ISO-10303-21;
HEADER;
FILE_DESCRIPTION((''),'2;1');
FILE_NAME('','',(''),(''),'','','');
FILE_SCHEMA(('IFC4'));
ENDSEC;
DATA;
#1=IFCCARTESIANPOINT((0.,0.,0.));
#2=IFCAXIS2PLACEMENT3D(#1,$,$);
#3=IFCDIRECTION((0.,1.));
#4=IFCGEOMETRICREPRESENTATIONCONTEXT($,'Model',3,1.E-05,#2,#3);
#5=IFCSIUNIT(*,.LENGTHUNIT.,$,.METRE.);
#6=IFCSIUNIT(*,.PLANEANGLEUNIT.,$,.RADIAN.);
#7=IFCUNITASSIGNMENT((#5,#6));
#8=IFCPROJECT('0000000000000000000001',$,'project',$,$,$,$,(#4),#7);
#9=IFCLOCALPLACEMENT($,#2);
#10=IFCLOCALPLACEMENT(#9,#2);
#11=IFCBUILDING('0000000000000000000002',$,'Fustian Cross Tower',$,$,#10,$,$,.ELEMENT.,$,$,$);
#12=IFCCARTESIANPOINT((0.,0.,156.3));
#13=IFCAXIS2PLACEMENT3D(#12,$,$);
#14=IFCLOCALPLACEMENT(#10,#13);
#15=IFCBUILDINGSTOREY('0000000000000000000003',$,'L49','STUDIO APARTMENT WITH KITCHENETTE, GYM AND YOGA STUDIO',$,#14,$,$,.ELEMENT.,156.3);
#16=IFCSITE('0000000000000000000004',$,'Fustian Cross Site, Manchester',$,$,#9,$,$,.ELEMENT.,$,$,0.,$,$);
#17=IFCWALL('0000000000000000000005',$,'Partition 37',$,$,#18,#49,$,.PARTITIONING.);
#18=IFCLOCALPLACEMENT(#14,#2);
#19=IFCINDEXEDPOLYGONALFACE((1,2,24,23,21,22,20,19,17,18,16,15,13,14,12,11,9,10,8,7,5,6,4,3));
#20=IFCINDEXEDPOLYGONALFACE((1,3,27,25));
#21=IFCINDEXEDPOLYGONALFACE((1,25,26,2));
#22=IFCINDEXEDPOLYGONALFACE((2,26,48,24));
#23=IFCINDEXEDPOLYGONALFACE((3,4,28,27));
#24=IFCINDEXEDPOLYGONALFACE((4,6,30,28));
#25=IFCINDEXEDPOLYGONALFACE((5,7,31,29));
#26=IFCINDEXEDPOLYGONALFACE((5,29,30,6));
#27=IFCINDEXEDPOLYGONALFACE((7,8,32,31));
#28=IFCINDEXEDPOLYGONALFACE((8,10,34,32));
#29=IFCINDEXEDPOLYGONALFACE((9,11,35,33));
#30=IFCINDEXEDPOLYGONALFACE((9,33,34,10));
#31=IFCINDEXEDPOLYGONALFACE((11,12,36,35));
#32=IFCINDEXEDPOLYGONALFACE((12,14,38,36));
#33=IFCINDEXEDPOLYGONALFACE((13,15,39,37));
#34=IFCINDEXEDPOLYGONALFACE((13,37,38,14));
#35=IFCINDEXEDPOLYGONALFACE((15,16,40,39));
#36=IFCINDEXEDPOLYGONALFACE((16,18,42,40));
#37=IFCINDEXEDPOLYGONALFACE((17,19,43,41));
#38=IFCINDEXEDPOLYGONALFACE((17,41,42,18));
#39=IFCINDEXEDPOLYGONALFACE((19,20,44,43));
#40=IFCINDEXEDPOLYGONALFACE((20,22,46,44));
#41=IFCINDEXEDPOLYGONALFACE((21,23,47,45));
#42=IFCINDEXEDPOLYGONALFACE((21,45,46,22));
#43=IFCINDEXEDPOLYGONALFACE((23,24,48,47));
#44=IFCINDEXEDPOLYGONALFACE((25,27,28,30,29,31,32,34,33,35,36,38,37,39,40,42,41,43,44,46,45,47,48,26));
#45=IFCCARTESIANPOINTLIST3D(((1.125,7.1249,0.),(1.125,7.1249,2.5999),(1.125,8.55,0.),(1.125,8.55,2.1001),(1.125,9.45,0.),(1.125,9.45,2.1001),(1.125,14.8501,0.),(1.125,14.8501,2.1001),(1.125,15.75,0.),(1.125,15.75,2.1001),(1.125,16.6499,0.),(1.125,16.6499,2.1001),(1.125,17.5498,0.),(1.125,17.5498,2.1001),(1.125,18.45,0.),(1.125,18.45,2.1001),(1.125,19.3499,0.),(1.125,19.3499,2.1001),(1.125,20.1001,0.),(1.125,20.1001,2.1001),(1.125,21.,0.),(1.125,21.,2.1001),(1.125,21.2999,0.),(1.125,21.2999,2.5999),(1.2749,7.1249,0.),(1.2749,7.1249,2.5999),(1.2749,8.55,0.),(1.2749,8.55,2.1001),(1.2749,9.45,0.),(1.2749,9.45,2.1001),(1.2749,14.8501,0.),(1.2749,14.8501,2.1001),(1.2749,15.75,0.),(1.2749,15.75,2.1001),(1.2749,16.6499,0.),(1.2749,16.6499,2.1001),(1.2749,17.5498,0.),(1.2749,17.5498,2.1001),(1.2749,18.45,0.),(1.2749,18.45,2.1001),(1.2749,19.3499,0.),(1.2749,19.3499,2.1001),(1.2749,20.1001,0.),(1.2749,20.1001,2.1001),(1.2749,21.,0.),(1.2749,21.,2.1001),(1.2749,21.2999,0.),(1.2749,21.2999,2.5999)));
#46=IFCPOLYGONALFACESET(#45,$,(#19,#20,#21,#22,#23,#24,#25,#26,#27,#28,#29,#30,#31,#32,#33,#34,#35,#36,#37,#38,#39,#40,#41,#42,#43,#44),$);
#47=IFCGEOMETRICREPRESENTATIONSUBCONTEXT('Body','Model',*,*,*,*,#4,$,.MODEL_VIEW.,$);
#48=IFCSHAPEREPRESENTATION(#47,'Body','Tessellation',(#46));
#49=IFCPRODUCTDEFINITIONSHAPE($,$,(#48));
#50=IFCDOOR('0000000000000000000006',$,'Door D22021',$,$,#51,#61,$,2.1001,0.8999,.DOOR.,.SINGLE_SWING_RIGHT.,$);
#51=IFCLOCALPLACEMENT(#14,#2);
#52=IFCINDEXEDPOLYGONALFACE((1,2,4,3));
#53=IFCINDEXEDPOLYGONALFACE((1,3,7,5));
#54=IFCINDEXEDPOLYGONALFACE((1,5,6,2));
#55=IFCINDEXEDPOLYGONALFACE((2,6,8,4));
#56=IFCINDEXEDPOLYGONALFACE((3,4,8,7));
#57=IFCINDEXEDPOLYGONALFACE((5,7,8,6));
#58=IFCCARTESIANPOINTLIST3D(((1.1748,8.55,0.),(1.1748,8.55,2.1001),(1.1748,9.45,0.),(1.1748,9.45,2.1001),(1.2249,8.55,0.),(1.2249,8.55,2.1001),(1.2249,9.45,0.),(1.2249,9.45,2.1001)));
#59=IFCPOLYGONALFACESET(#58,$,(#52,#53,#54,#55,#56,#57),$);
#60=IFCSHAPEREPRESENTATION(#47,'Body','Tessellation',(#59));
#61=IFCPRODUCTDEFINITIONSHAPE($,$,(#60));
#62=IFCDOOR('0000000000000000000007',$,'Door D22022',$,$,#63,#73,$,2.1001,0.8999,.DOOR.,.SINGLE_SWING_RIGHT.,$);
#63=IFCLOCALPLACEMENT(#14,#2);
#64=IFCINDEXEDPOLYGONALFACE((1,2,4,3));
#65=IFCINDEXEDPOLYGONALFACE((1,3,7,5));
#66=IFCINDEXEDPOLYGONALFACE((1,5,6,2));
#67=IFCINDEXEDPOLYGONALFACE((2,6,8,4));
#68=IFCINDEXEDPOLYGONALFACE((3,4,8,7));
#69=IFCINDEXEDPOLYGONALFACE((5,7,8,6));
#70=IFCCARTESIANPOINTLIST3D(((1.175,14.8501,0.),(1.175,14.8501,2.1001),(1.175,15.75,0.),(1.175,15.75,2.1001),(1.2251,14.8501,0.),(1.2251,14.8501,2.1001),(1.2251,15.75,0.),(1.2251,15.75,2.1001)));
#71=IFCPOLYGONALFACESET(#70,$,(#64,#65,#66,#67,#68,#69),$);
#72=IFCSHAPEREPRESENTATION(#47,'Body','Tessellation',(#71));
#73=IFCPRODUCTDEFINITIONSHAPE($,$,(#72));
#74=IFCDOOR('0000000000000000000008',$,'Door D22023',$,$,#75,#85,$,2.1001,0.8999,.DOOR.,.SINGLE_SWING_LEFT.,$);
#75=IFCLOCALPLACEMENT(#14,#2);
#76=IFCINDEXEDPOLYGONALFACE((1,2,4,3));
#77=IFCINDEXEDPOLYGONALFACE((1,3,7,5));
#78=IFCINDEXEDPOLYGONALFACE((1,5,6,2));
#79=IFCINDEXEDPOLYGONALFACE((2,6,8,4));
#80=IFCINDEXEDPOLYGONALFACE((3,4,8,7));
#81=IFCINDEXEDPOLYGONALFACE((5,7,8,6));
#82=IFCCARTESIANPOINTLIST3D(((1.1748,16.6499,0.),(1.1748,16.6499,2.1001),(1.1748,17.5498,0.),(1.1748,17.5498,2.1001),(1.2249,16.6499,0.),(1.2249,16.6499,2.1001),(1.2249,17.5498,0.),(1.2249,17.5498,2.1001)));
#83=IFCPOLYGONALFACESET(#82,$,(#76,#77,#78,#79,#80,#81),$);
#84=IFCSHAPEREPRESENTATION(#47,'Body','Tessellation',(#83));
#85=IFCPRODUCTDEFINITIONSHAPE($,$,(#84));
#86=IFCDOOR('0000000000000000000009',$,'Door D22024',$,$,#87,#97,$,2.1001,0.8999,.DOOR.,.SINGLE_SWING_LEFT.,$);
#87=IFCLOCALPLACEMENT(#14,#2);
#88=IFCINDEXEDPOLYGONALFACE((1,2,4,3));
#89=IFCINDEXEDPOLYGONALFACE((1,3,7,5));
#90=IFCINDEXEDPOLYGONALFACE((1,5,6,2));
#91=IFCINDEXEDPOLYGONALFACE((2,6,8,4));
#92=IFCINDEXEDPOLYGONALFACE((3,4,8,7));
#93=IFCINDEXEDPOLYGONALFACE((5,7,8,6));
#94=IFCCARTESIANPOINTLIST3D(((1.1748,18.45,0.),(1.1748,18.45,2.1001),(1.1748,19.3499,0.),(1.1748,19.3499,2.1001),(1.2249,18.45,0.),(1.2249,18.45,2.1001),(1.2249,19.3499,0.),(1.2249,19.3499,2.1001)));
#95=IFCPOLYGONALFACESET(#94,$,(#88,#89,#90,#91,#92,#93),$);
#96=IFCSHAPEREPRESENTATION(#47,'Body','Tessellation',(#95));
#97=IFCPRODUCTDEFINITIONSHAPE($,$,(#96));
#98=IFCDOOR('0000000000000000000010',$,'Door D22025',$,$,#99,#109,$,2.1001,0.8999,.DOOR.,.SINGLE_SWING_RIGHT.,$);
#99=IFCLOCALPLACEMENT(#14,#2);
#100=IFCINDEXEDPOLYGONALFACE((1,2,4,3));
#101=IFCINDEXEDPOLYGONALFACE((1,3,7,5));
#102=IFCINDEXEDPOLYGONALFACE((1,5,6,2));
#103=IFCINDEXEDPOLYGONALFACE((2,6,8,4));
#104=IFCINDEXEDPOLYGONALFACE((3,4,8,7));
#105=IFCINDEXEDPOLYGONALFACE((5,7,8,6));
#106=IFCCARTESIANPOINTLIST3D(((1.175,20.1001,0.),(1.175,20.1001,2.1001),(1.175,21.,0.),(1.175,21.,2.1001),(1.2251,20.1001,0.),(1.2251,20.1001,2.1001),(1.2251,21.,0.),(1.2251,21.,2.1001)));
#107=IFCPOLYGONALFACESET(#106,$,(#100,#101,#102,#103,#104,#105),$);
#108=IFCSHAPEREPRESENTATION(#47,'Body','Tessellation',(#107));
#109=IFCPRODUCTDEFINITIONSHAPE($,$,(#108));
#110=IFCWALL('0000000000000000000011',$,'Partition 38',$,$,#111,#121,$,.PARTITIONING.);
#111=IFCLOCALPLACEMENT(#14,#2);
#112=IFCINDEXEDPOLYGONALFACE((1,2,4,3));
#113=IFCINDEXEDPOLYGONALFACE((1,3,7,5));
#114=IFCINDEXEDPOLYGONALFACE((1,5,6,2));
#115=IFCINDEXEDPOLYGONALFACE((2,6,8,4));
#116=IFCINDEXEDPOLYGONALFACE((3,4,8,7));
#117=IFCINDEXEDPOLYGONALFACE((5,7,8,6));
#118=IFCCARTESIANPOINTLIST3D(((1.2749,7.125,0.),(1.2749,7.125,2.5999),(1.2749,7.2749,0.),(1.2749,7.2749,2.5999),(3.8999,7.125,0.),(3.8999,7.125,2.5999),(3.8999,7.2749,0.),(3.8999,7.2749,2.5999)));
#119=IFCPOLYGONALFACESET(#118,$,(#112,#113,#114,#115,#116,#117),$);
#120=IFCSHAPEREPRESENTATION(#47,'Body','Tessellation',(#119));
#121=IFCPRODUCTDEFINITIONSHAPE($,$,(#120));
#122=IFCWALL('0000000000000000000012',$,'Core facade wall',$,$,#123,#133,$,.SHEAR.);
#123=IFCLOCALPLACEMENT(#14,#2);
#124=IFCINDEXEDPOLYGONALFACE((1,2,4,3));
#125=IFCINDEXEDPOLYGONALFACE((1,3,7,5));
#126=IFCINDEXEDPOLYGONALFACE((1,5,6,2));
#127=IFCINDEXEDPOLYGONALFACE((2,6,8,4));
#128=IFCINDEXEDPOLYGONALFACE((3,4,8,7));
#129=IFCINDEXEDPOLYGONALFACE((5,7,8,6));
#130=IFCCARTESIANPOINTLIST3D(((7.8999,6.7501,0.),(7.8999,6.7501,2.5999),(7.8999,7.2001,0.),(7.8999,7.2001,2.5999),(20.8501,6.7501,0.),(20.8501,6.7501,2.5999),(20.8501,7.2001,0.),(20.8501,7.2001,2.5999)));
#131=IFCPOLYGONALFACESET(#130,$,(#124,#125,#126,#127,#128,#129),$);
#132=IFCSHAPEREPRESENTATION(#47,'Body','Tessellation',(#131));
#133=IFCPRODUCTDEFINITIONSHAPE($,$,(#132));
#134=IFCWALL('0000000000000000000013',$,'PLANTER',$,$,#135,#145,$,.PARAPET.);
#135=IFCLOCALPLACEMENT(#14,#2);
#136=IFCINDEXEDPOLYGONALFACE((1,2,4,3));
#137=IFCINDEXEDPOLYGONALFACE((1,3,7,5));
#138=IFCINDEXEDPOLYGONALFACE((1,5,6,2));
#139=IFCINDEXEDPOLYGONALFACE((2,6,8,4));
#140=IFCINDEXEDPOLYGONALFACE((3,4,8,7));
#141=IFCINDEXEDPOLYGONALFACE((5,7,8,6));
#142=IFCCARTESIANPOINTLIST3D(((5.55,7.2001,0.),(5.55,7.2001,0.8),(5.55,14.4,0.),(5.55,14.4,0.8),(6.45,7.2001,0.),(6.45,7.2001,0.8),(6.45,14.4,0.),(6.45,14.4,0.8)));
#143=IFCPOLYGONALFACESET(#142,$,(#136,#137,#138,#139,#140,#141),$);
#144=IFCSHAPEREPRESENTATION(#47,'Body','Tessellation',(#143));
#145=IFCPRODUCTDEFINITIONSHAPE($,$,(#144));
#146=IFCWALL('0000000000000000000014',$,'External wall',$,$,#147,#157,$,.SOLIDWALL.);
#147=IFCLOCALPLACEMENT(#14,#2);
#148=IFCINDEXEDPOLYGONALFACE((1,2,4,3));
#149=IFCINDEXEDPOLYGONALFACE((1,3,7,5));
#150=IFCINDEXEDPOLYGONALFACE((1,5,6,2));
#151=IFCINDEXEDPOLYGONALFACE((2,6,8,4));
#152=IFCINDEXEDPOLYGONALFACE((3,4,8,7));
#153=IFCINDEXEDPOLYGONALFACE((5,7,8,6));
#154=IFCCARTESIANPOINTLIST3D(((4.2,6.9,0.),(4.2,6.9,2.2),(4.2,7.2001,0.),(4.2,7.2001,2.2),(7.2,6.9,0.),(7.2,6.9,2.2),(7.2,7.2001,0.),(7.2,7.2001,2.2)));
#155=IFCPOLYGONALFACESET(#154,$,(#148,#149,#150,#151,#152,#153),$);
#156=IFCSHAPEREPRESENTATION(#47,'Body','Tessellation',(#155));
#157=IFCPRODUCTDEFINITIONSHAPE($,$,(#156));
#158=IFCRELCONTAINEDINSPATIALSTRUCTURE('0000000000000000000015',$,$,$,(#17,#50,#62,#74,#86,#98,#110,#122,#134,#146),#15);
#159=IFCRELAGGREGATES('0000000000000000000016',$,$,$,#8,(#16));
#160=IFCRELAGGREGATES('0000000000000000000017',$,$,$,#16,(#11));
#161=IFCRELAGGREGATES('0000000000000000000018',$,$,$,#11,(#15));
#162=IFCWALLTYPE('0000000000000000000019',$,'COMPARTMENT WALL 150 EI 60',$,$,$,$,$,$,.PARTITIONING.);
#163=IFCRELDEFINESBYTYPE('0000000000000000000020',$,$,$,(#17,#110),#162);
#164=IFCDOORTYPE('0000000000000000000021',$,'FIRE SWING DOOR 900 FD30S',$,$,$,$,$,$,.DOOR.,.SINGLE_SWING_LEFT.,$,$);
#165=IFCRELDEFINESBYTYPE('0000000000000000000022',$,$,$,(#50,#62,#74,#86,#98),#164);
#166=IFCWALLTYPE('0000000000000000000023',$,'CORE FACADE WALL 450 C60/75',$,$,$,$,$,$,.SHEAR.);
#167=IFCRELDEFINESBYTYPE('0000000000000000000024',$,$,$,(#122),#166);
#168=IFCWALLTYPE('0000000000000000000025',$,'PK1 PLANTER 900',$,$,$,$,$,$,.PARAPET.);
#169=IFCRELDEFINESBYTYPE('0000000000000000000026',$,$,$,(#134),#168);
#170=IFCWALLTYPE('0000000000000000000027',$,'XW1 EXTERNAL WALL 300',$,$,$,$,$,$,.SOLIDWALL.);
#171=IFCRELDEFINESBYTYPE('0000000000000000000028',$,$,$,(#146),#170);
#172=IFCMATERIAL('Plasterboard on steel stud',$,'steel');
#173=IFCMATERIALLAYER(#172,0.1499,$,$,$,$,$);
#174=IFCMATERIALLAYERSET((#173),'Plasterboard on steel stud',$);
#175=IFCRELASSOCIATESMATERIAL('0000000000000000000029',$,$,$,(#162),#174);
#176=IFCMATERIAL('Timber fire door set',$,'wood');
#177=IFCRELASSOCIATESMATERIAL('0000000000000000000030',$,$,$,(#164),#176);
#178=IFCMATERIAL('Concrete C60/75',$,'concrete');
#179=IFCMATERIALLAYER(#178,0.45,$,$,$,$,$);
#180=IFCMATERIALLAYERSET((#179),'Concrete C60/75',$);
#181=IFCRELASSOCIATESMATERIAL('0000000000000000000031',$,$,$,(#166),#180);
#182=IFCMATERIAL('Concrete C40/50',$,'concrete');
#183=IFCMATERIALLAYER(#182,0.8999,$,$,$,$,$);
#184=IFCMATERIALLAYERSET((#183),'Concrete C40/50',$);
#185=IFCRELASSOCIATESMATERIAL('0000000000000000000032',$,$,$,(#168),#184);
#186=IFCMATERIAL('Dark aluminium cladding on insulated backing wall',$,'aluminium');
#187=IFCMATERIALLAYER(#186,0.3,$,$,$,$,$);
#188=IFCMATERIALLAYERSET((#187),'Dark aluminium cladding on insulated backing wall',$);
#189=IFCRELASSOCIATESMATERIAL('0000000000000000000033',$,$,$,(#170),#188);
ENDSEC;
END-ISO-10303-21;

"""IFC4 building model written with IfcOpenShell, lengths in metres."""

from ifc_helpers import new_model, si_unit, direction, frame, frame_2d, origin, place, context, subcontext, project, spatial, rectangle, extrude, material, layer, layer_set, type_object, element, fill, save


model = new_model("IFC4")

# Units and contexts
model_context = context("Model", 3, precision=1e-05, world=origin(), true_north=direction((0.0, 1.0)))
body_context = subcontext(model_context, "Body", "Model", "MODEL_VIEW")
ifc_project = project(units=[si_unit("LENGTHUNIT", "METRE"), si_unit("PLANEANGLEUNIT", "RADIAN")], contexts=[model_context])

# Site, building, storey
site_placement = place(None, origin())
site = spatial("IfcSite", under=ifc_project, at=site_placement, Name="Fustian Cross Site, Manchester", CompositionType="ELEMENT", RefElevation=0.0)
building_placement = place(site_placement, origin())
building = spatial("IfcBuilding", under=site, at=building_placement, Name="Fustian Cross Tower", CompositionType="ELEMENT")
storey_placement = place(building_placement, frame((0.0, 0.0, 156.3)))
storey = spatial("IfcBuildingStorey", under=building, at=storey_placement, Name="L49", Description="STUDIO APARTMENT WITH KITCHENETTE, GYM AND YOGA STUDIO", CompositionType="ELEMENT", Elevation=156.3)

# Wall, openings, doors
ifc_material_1 = material(Name="Plasterboard on steel stud", Category="steel")
ifc_layer_1 = layer(ifc_material_1, 0.1499)
ifc_layer_set_1 = layer_set([ifc_layer_1], Name="Plasterboard on steel stud")
wall_type_1 = type_object("IfcWallType", Name="COMPARTMENT WALL 150 EI 60", PredefinedType="PARTITIONING", material=ifc_layer_set_1)
wall_1_placement = place(storey_placement, frame((1.2, 7.125, 0.0), z_axis=(0.0, 0.0, 1.0), x_axis=(0.0, 1.0, 0.0)))
wall_1 = element("IfcWall", 1, at=wall_1_placement, inside=storey, type_object=wall_type_1, Name="Partition 37", PredefinedType="PARTITIONING", context=body_context, shape_type="SweptSolid", body=[
    extrude(rectangle(XDim=14.175, YDim=0.1499, at=frame_2d((7.0874, 0.0))), origin(), (0.0, 0.0, 1.0), 2.5999),
])
opening_1_placement = place(wall_1_placement, frame((1.425, 0.0, 0.0)))
opening_1 = element("IfcOpeningElement", 2, at=opening_1_placement, cuts=wall_1, PredefinedType="OPENING", context=body_context, shape_type="SweptSolid", body=[
    extrude(rectangle(XDim=0.8999, YDim=2.1001, at=frame_2d((0.45, 1.05))), frame((0.0, 0.085, 0.0), z_axis=(0.0, -1.0, 0.0), x_axis=(1.0, 0.0, 0.0)), (0.0, 0.0, 1.0), 0.1699),
])
opening_2_placement = place(wall_1_placement, frame((7.7251, 0.0, 0.0)))
opening_2 = element("IfcOpeningElement", 3, at=opening_2_placement, cuts=wall_1, PredefinedType="OPENING", context=body_context, shape_type="SweptSolid", body=[
    extrude(rectangle(XDim=0.8999, YDim=2.1001, at=frame_2d((0.45, 1.05))), frame((0.0, 0.085, 0.0), z_axis=(0.0, -1.0, 0.0), x_axis=(1.0, 0.0, 0.0)), (0.0, 0.0, 1.0), 0.1699),
])
opening_3_placement = place(wall_1_placement, frame((9.5249, 0.0, 0.0)))
opening_3 = element("IfcOpeningElement", 4, at=opening_3_placement, cuts=wall_1, PredefinedType="OPENING", context=body_context, shape_type="SweptSolid", body=[
    extrude(rectangle(XDim=0.8999, YDim=2.1001, at=frame_2d((0.45, 1.05))), frame((0.0, 0.085, 0.0), z_axis=(0.0, -1.0, 0.0), x_axis=(1.0, 0.0, 0.0)), (0.0, 0.0, 1.0), 0.1699),
])
opening_4_placement = place(wall_1_placement, frame((11.325, 0.0, 0.0)))
opening_4 = element("IfcOpeningElement", 5, at=opening_4_placement, cuts=wall_1, PredefinedType="OPENING", context=body_context, shape_type="SweptSolid", body=[
    extrude(rectangle(XDim=0.8999, YDim=2.1001, at=frame_2d((0.45, 1.05))), frame((0.0, 0.085, 0.0), z_axis=(0.0, -1.0, 0.0), x_axis=(1.0, 0.0, 0.0)), (0.0, 0.0, 1.0), 0.1699),
])
opening_5_placement = place(wall_1_placement, frame((12.9751, 0.0, 0.0)))
opening_5 = element("IfcOpeningElement", 6, at=opening_5_placement, cuts=wall_1, PredefinedType="OPENING", context=body_context, shape_type="SweptSolid", body=[
    extrude(rectangle(XDim=0.8999, YDim=2.1001, at=frame_2d((0.45, 1.05))), frame((0.0, 0.085, 0.0), z_axis=(0.0, -1.0, 0.0), x_axis=(1.0, 0.0, 0.0)), (0.0, 0.0, 1.0), 0.1699),
])
ifc_material_2 = material(Name="Timber fire door set", Category="wood")
door_type_1 = type_object("IfcDoorType", Name="FIRE SWING DOOR 900 FD30S", OperationType="SINGLE_SWING_LEFT", PredefinedType="DOOR", material=ifc_material_2)
door_1_placement = place(opening_1_placement, frame((0.8999, 0.0, 0.0), z_axis=(0.0, 0.0, 1.0), x_axis=(-1.0, 0.0, 0.0)))
door_1 = element("IfcDoor", 7, at=door_1_placement, inside=storey, type_object=door_type_1, Name="Door D22021", OperationType="SINGLE_SWING_RIGHT", OverallHeight=2.1001, OverallWidth=0.8999, PredefinedType="DOOR", context=body_context, shape_type="SweptSolid", body=[
    extrude(rectangle(XDim=0.8999, YDim=2.1001, at=frame_2d((0.45, 1.05))), frame((0.0, 0.0249, 0.0), z_axis=(0.0, -1.0, 0.0), x_axis=(1.0, 0.0, 0.0)), (0.0, 0.0, 1.0), 0.05),
])
fill(opening_1, door_1)
door_2_placement = place(opening_2_placement, origin())
door_2 = element("IfcDoor", 8, at=door_2_placement, inside=storey, type_object=door_type_1, Name="Door D22022", OperationType="SINGLE_SWING_RIGHT", OverallHeight=2.1001, OverallWidth=0.8999, PredefinedType="DOOR", context=body_context, shape_type="SweptSolid", body=[
    extrude(rectangle(XDim=0.8999, YDim=2.1001, at=frame_2d((0.45, 1.05))), frame((0.0, 0.0249, 0.0), z_axis=(0.0, -1.0, 0.0), x_axis=(1.0, 0.0, 0.0)), (0.0, 0.0, 1.0), 0.05),
])
fill(opening_2, door_2)
door_3_placement = place(opening_3_placement, frame((0.8999, 0.0, 0.0), z_axis=(0.0, 0.0, 1.0), x_axis=(-1.0, 0.0, 0.0)))
door_3 = element("IfcDoor", 9, at=door_3_placement, inside=storey, type_object=door_type_1, Name="Door D22023", OperationType="SINGLE_SWING_LEFT", OverallHeight=2.1001, OverallWidth=0.8999, PredefinedType="DOOR", context=body_context, shape_type="SweptSolid", body=[
    extrude(rectangle(XDim=0.8999, YDim=2.1001, at=frame_2d((0.45, 1.05))), frame((0.0, 0.0249, 0.0), z_axis=(0.0, -1.0, 0.0), x_axis=(1.0, 0.0, 0.0)), (0.0, 0.0, 1.0), 0.05),
])
fill(opening_3, door_3)
door_4_placement = place(opening_4_placement, frame((0.8999, 0.0, 0.0), z_axis=(0.0, 0.0, 1.0), x_axis=(-1.0, 0.0, 0.0)))
door_4 = element("IfcDoor", 10, at=door_4_placement, inside=storey, type_object=door_type_1, Name="Door D22024", OperationType="SINGLE_SWING_LEFT", OverallHeight=2.1001, OverallWidth=0.8999, PredefinedType="DOOR", context=body_context, shape_type="SweptSolid", body=[
    extrude(rectangle(XDim=0.8999, YDim=2.1001, at=frame_2d((0.45, 1.05))), frame((0.0, 0.0249, 0.0), z_axis=(0.0, -1.0, 0.0), x_axis=(1.0, 0.0, 0.0)), (0.0, 0.0, 1.0), 0.05),
])
fill(opening_4, door_4)
door_5_placement = place(opening_5_placement, origin())
door_5 = element("IfcDoor", 11, at=door_5_placement, inside=storey, type_object=door_type_1, Name="Door D22025", OperationType="SINGLE_SWING_RIGHT", OverallHeight=2.1001, OverallWidth=0.8999, PredefinedType="DOOR", context=body_context, shape_type="SweptSolid", body=[
    extrude(rectangle(XDim=0.8999, YDim=2.1001, at=frame_2d((0.45, 1.05))), frame((0.0, 0.0249, 0.0), z_axis=(0.0, -1.0, 0.0), x_axis=(1.0, 0.0, 0.0)), (0.0, 0.0, 1.0), 0.05),
])
fill(opening_5, door_5)

# Walls
wall_2_placement = place(storey_placement, frame((1.2749, 7.2, 0.0), z_axis=(0.0, 0.0, 1.0), x_axis=(1.0, 0.0, 0.0)))
element("IfcWall", 12, at=wall_2_placement, inside=storey, type_object=wall_type_1, Name="Partition 38", PredefinedType="PARTITIONING", context=body_context, shape_type="SweptSolid", body=[
    extrude(rectangle(XDim=2.625, YDim=0.1499, at=frame_2d((1.3125, 0.0))), origin(), (0.0, 0.0, 1.0), 2.5999),
])
ifc_material_3 = material(Name="Concrete C60/75", Category="concrete")
ifc_layer_2 = layer(ifc_material_3, 0.45)
ifc_layer_set_2 = layer_set([ifc_layer_2], Name="Concrete C60/75")
wall_type_2 = type_object("IfcWallType", Name="CORE FACADE WALL 450 C60/75", PredefinedType="SHEAR", material=ifc_layer_set_2)
wall_3_placement = place(storey_placement, frame((7.8999, 6.9751, 0.0), z_axis=(0.0, 0.0, 1.0), x_axis=(1.0, 0.0, 0.0)))
element("IfcWall", 13, at=wall_3_placement, inside=storey, type_object=wall_type_2, Name="Core facade wall", PredefinedType="SHEAR", context=body_context, shape_type="SweptSolid", body=[
    extrude(rectangle(XDim=12.9502, YDim=0.45, at=frame_2d((6.4751, 0.0))), origin(), (0.0, 0.0, 1.0), 2.5999),
])
ifc_material_4 = material(Name="Concrete C40/50", Category="concrete")
ifc_layer_3 = layer(ifc_material_4, 0.8999)
ifc_layer_set_3 = layer_set([ifc_layer_3], Name="Concrete C40/50")
wall_type_3 = type_object("IfcWallType", Name="PK1 PLANTER 900", PredefinedType="PARAPET", material=ifc_layer_set_3)
wall_4_placement = place(storey_placement, frame((6.0, 7.2, 0.0), z_axis=(0.0, 0.0, 1.0), x_axis=(0.0, 1.0, 0.0)))
element("IfcWall", 14, at=wall_4_placement, inside=storey, type_object=wall_type_3, Name="PLANTER", PredefinedType="PARAPET", context=body_context, shape_type="SweptSolid", body=[
    extrude(rectangle(XDim=7.2, YDim=0.8999, at=frame_2d((3.6001, 0.0))), origin(), (0.0, 0.0, 1.0), 0.8),
])
ifc_material_5 = material(Name="Dark aluminium cladding on insulated backing wall", Category="aluminium")
ifc_layer_4 = layer(ifc_material_5, 0.3)
ifc_layer_set_4 = layer_set([ifc_layer_4], Name="Dark aluminium cladding on insulated backing wall")
wall_type_4 = type_object("IfcWallType", Name="XW1 EXTERNAL WALL 300", PredefinedType="SOLIDWALL", material=ifc_layer_set_4)
wall_5_placement = place(storey_placement, frame((7.2, 7.05, 0.0), z_axis=(0.0, 0.0, 1.0), x_axis=(-1.0, 0.0, 0.0)))
element("IfcWall", 15, at=wall_5_placement, inside=storey, type_object=wall_type_4, Name="External wall", PredefinedType="SOLIDWALL", context=body_context, shape_type="SweptSolid", body=[
    extrude(rectangle(XDim=3.0, YDim=0.3, at=frame_2d((1.5, 0.0))), origin(), (0.0, 0.0, 1.0), 2.2),
])

save(model, "model.ifc")
